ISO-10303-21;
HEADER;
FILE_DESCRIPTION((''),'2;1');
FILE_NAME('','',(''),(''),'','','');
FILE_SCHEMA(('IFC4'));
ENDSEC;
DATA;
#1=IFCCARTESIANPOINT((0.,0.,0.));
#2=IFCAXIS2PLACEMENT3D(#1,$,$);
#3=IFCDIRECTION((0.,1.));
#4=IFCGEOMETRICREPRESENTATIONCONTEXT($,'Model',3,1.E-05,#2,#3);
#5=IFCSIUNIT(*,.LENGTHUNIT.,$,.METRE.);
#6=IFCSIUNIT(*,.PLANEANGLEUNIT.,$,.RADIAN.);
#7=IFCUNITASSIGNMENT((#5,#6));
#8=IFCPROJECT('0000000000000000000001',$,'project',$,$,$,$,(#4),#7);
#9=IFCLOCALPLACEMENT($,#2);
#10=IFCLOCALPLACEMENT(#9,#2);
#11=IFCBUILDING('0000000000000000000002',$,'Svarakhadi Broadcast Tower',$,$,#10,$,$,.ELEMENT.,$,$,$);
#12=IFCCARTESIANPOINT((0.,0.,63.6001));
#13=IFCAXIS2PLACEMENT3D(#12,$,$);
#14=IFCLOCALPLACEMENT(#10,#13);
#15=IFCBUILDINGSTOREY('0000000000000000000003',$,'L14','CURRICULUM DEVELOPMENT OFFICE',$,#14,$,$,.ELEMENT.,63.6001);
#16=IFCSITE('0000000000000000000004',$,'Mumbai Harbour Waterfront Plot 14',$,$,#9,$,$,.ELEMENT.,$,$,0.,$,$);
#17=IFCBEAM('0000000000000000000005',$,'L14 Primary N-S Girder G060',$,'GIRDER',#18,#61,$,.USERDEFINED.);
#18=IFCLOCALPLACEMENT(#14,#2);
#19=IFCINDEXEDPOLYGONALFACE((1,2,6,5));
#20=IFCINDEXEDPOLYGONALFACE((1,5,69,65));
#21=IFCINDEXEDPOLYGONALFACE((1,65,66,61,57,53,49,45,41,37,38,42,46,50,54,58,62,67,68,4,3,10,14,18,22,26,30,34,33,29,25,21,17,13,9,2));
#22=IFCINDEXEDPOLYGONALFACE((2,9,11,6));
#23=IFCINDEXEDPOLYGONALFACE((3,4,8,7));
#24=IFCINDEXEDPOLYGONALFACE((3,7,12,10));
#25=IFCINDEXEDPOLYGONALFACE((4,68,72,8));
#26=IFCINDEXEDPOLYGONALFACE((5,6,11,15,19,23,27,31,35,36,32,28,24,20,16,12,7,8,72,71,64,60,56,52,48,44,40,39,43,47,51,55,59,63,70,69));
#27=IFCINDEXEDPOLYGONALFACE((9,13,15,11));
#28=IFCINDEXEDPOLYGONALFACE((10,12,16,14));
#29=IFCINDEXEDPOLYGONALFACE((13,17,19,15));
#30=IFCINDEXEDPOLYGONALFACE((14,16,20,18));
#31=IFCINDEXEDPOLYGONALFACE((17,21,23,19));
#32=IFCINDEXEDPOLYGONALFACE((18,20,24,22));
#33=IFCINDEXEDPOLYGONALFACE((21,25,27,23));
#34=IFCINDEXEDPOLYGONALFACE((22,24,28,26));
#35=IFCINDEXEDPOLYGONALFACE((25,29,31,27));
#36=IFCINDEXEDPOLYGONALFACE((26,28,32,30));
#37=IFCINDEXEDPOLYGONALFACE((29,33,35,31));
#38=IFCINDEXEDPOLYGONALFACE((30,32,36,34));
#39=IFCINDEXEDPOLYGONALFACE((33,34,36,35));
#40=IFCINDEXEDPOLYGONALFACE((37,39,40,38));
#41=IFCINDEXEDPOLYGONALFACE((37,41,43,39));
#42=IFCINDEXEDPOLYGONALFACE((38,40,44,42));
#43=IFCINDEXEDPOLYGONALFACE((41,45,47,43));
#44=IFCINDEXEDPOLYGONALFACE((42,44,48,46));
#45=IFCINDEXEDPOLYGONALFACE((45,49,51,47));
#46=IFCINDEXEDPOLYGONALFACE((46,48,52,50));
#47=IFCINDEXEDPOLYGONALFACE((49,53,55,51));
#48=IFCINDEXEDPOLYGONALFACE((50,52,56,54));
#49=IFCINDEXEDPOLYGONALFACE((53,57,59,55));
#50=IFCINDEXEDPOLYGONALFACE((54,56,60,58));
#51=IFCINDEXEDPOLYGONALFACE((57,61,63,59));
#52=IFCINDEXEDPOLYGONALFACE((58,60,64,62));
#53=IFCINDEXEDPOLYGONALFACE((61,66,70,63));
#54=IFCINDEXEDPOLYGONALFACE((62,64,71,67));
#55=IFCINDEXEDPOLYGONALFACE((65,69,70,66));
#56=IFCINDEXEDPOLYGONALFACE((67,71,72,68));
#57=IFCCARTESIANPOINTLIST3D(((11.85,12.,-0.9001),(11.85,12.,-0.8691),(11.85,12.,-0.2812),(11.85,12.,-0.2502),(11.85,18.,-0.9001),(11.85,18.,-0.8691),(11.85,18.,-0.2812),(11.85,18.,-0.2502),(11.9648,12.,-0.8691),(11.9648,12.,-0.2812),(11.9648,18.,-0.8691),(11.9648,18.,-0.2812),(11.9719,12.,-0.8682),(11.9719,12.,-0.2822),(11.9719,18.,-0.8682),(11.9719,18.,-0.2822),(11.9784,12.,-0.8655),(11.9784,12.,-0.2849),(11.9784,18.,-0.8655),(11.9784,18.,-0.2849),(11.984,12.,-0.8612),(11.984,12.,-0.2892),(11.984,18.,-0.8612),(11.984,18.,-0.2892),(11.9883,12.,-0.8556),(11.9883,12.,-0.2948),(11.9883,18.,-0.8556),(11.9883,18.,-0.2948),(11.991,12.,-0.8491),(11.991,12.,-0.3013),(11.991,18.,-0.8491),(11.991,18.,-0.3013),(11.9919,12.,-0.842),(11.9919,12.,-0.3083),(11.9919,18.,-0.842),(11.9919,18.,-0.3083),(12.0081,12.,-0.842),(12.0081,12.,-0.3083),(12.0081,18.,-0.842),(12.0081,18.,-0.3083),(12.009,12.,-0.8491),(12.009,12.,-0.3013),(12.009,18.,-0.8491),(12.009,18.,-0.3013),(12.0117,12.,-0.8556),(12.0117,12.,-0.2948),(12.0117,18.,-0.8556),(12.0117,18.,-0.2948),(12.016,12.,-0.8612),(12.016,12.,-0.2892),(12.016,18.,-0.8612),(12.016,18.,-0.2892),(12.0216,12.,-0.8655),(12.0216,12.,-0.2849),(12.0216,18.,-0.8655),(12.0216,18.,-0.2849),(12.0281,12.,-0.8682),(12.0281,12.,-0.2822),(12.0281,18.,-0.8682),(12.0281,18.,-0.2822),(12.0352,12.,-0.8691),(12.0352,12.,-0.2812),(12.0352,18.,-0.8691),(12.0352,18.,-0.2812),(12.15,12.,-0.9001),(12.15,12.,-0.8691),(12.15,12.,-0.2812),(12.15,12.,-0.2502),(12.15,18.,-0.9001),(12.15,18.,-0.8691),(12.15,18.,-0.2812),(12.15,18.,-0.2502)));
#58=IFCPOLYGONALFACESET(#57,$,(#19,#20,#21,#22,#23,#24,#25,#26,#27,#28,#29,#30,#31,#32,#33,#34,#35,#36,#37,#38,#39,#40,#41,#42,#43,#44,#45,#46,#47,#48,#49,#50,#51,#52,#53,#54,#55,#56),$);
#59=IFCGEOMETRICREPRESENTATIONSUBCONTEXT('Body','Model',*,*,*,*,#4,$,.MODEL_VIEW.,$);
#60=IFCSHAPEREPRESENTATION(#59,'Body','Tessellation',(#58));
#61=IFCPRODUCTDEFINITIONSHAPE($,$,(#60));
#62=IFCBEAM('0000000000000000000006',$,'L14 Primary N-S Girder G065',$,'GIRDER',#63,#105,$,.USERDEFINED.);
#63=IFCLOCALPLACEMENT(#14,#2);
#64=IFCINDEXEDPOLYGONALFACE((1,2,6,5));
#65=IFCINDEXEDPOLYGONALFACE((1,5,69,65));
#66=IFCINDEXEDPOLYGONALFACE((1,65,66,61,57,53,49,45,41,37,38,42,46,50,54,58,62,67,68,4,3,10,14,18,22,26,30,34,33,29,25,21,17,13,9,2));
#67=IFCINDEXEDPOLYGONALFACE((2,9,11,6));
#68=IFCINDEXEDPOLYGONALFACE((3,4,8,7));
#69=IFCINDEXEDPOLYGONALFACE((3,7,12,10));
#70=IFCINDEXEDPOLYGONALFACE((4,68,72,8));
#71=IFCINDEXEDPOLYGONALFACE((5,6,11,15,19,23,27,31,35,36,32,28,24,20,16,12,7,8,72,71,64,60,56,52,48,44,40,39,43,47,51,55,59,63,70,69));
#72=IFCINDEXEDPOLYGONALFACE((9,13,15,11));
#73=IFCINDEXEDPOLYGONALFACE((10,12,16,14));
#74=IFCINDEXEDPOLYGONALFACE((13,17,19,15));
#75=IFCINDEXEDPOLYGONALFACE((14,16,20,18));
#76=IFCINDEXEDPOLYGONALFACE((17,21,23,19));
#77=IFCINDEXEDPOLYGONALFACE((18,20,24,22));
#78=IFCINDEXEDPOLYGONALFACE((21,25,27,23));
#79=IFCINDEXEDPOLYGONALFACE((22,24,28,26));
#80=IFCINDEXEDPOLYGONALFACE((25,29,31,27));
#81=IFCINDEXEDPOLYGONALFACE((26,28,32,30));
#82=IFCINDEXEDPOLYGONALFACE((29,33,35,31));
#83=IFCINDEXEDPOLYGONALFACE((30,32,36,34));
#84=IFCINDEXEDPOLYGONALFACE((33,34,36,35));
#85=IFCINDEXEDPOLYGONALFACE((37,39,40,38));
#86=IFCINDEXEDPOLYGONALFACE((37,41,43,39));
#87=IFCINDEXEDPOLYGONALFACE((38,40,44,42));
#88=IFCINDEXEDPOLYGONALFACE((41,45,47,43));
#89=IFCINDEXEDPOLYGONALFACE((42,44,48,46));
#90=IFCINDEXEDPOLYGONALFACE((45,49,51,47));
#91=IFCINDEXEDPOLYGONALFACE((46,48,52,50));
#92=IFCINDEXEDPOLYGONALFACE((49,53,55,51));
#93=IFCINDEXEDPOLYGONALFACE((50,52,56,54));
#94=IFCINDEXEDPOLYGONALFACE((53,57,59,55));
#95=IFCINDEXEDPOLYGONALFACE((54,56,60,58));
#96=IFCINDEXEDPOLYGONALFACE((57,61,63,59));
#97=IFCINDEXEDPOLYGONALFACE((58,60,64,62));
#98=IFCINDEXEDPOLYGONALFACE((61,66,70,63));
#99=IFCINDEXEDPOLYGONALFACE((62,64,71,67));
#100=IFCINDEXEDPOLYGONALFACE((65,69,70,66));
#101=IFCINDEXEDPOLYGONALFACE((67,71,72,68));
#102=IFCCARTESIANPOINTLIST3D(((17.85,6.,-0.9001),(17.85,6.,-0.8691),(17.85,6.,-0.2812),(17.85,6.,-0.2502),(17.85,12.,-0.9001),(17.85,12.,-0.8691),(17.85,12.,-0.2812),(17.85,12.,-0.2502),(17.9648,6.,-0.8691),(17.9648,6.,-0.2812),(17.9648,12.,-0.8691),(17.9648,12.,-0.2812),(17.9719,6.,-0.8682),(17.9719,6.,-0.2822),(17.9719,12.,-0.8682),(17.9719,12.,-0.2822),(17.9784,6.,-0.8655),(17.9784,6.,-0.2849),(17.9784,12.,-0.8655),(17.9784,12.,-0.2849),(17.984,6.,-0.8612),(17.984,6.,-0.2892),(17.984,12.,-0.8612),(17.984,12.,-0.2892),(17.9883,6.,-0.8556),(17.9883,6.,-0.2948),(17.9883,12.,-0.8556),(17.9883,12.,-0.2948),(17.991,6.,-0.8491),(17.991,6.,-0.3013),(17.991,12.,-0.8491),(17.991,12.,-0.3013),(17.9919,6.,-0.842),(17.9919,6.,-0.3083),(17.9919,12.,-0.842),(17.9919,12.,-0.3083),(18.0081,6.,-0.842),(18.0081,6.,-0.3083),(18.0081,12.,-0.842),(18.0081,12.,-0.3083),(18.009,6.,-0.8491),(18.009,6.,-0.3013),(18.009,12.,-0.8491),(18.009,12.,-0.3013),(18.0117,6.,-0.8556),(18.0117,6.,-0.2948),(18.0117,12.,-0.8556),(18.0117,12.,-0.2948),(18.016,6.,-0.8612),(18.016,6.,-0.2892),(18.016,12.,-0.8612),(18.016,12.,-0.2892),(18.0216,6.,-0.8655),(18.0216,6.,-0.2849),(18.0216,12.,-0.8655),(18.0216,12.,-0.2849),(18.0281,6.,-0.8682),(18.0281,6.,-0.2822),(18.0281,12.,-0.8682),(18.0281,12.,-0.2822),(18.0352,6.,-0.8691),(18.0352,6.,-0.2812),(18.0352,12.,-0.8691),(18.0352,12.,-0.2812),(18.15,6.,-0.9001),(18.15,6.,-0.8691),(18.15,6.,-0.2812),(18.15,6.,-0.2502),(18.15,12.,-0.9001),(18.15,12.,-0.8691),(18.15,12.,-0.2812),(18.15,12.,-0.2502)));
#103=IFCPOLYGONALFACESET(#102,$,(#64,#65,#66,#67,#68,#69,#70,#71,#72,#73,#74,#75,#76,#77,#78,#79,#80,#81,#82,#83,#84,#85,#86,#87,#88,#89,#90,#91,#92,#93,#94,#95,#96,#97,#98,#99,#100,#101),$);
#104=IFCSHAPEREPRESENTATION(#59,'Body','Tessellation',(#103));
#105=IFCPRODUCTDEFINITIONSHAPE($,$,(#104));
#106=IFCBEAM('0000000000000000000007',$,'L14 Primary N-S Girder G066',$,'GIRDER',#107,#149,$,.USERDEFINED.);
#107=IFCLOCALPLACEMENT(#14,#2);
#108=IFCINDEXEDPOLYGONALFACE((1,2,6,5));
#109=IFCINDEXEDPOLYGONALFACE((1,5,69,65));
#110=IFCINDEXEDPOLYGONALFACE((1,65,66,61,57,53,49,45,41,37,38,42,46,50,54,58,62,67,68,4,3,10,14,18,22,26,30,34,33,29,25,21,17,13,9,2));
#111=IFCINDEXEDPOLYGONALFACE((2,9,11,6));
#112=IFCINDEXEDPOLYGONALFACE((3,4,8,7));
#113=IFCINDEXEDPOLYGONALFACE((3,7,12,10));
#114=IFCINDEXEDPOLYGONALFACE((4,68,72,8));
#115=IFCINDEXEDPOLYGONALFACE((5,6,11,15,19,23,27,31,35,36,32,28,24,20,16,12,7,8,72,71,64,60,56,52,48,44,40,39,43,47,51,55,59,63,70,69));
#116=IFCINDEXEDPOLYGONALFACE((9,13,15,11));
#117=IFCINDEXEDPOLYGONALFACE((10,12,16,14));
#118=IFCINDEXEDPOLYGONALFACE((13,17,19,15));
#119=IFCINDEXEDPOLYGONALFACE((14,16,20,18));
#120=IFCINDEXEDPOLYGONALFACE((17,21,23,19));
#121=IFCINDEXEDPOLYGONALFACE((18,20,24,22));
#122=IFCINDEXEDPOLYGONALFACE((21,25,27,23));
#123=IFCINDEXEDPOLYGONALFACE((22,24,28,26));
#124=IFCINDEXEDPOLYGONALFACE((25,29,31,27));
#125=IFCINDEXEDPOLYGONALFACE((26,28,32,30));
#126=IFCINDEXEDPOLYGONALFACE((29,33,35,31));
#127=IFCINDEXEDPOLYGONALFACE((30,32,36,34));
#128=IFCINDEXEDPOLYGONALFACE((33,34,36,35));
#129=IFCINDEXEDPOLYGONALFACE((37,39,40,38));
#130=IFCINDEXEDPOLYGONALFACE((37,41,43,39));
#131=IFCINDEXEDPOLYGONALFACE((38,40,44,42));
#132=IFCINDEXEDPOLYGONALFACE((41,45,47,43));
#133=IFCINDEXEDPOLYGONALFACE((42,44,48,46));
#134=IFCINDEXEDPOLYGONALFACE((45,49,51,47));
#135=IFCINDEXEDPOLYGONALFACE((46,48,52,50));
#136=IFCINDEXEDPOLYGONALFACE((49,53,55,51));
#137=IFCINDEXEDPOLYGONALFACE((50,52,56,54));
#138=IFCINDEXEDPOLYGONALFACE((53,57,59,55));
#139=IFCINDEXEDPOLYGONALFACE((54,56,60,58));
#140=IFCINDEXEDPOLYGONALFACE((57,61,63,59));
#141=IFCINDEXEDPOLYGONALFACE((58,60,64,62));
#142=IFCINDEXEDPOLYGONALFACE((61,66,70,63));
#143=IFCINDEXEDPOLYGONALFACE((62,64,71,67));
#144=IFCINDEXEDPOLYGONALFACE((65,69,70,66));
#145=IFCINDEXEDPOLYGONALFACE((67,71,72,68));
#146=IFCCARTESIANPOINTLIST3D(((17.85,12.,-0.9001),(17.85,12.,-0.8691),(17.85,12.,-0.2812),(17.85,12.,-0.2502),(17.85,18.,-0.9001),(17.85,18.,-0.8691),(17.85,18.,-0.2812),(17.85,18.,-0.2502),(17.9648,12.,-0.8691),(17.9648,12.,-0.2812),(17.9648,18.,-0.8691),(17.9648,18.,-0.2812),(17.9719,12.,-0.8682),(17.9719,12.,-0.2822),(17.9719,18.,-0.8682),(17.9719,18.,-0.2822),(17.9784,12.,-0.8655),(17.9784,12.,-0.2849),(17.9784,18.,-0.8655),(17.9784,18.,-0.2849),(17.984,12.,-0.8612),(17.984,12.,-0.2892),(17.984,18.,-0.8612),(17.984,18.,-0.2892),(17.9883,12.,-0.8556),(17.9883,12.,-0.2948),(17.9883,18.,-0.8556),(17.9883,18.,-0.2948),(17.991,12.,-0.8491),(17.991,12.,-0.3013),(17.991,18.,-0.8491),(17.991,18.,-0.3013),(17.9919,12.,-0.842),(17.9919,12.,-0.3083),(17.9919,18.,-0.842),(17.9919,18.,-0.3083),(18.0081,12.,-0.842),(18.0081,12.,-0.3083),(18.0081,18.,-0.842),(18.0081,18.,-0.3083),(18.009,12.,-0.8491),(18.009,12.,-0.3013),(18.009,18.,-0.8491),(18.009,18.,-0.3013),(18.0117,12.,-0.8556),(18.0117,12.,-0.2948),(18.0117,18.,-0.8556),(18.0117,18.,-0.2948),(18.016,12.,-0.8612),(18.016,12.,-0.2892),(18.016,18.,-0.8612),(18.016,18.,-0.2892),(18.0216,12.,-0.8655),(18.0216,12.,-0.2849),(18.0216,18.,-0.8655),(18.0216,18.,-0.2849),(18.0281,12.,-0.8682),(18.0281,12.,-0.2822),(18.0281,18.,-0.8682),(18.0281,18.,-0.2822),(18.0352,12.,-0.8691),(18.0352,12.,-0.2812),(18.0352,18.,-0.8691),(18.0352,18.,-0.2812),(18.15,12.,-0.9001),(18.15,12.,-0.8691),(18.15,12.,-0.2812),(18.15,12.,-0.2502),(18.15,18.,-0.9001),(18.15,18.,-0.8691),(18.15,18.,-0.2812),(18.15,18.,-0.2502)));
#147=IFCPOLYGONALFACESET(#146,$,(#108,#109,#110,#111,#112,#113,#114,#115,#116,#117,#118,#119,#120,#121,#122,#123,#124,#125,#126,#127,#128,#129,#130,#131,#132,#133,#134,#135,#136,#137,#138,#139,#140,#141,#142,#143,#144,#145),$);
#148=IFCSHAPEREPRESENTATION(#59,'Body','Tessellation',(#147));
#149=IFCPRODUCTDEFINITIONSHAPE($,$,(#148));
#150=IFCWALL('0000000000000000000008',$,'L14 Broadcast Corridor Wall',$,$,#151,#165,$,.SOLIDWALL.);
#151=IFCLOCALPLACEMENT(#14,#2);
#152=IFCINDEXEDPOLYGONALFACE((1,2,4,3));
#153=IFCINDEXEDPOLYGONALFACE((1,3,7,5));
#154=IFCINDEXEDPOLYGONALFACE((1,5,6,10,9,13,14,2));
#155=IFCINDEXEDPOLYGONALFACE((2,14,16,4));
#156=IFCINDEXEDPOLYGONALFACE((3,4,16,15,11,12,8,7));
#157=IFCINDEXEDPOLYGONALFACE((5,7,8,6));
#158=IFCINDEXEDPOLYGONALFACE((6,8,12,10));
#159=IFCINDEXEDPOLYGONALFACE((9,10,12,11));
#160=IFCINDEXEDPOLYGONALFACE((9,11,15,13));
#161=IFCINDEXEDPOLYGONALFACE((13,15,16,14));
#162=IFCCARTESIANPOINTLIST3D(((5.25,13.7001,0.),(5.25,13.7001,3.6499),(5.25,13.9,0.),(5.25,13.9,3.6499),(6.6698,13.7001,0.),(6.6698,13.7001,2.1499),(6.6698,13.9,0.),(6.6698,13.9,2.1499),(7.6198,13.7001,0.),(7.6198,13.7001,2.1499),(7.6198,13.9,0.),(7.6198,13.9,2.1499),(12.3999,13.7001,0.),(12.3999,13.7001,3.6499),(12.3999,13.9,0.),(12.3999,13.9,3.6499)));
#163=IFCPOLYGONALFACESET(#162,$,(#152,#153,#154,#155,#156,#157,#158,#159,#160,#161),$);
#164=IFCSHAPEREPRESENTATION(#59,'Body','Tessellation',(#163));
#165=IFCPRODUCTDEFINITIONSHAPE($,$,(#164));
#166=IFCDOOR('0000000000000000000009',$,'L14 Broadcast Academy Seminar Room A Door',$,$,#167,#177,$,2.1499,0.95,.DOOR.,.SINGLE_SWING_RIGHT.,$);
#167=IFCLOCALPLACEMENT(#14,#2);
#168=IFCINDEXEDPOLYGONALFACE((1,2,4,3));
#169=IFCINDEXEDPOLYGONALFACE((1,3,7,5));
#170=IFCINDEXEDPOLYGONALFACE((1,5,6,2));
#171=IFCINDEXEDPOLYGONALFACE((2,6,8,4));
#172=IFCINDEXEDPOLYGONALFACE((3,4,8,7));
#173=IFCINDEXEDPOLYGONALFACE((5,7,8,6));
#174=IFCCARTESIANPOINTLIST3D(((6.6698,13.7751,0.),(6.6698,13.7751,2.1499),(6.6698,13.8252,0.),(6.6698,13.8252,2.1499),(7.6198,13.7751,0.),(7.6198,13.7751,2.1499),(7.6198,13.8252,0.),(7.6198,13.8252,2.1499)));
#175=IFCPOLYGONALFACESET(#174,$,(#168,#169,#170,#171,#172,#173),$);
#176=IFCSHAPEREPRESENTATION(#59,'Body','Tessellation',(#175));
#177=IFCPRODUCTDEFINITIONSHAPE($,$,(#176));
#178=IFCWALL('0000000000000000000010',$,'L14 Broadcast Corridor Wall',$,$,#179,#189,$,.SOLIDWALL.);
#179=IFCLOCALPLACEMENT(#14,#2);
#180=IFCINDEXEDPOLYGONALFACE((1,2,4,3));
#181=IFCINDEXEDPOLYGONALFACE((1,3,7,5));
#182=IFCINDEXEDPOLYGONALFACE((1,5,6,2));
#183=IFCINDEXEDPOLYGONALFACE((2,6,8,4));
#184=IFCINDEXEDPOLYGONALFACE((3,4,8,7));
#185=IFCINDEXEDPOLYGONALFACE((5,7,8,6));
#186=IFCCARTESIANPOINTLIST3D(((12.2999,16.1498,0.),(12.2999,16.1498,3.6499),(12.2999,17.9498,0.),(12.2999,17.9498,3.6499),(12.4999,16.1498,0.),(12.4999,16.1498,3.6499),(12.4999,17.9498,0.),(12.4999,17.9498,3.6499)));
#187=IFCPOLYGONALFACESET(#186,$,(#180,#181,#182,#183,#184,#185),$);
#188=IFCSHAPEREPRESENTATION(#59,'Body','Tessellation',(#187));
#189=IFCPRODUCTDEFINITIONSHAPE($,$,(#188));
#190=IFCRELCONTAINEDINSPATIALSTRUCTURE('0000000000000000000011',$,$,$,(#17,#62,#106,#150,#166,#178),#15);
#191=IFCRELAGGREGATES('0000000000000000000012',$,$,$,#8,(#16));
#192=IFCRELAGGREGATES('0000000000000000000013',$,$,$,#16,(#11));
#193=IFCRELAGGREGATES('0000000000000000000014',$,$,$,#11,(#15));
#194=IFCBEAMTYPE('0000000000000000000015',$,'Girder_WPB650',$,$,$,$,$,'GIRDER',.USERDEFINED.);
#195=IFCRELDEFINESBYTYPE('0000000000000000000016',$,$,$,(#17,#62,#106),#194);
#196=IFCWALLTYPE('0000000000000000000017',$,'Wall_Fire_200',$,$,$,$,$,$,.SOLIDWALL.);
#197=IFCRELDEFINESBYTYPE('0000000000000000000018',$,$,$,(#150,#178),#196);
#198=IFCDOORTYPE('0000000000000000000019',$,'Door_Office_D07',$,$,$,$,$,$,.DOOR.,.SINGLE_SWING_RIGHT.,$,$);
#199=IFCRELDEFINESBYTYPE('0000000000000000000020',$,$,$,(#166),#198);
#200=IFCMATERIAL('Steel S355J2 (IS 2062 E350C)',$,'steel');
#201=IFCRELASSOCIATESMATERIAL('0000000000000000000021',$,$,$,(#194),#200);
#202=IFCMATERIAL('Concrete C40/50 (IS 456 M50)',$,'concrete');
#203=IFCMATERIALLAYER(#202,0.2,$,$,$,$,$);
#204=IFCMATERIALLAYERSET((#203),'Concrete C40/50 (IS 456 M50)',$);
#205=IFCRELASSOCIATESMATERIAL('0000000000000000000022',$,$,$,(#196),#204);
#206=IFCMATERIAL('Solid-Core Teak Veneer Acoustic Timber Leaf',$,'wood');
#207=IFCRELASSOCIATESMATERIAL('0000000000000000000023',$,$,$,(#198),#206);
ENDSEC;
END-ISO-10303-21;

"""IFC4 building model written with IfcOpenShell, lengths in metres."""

from ifc_helpers import new_model, si_unit, direction, frame, frame_2d, origin, origin_2d, place, context, subcontext, project, spatial, rectangle, i_section, extrude, material, layer, layer_set, material_profile, profile_set, type_object, element, fill, save


model = new_model("IFC4")

# Units and contexts
model_context = context("Model", 3, precision=1e-05, world=origin(), true_north=direction((0.0, 1.0)))
body_context = subcontext(model_context, "Body", "Model", "MODEL_VIEW")
ifc_project = project(units=[si_unit("LENGTHUNIT", "METRE"), si_unit("PLANEANGLEUNIT", "RADIAN")], contexts=[model_context])

# Site, building, storey
site_placement = place(None, origin())
site = spatial("IfcSite", under=ifc_project, at=site_placement, Name="Mumbai Harbour Waterfront Plot 14", CompositionType="ELEMENT", RefElevation=0.0)
building_placement = place(site_placement, origin())
building = spatial("IfcBuilding", under=site, at=building_placement, Name="Svarakhadi Broadcast Tower", CompositionType="ELEMENT")
storey_placement = place(building_placement, frame((0.0, 0.0, 63.6001)))
storey = spatial("IfcBuildingStorey", under=building, at=storey_placement, Name="L14", Description="CURRICULUM DEVELOPMENT OFFICE", CompositionType="ELEMENT", Elevation=63.6001)

# Beams
ifc_material_1 = material(Name="Steel S355J2 (IS 2062 E350C)", Category="steel")
ifc_material_profile_1 = material_profile(ifc_material_1, i_section(OverallWidth=0.3, OverallDepth=0.6499, WebThickness=0.0161, FlangeThickness=0.031, FilletRadius=0.0271, at=origin_2d()), Name="WPB 650x300x225")
ifc_profile_set_1 = profile_set([ifc_material_profile_1], Name="Steel S355J2 (IS 2062 E350C)")
beam_type_1 = type_object("IfcBeamType", Name="Girder_WPB650", ElementType="GIRDER", PredefinedType="USERDEFINED", material=ifc_profile_set_1)
for number, where, z_axis, x_axis, name in (
    (1, (12.0, 12.0, -0.5752), (0.0, 1.0, 0.0), (-1.0, 0.0, 0.0), "L14 Primary N-S Girder G060"),
    (2, (18.0, 6.0, -0.5752), (0.0, 1.0, 0.0), (-1.0, 0.0, 0.0), "L14 Primary N-S Girder G065"),
    (3, (18.0, 12.0, -0.5752), (0.0, 1.0, 0.0), (-1.0, 0.0, 0.0), "L14 Primary N-S Girder G066"),
):
    element("IfcBeam", number, at=place(storey_placement, frame(where, z_axis=z_axis, x_axis=x_axis)), inside=storey, type_object=beam_type_1, Name=name, ObjectType="GIRDER", PredefinedType="USERDEFINED", context=body_context, shape_type="SweptSolid", body=[
        extrude(i_section(OverallWidth=0.3, OverallDepth=0.6499, WebThickness=0.0161, FlangeThickness=0.031, FilletRadius=0.0271, at=origin_2d()), origin(), (0.0, 0.0, 1.0), 6.0),
    ])

# Wall, opening, door
ifc_material_2 = material(Name="Concrete C40/50 (IS 456 M50)", Category="concrete")
ifc_layer = layer(ifc_material_2, 0.2)
ifc_layer_set = layer_set([ifc_layer], Name="Concrete C40/50 (IS 456 M50)")
wall_type = type_object("IfcWallType", Name="Wall_Fire_200", PredefinedType="SOLIDWALL", material=ifc_layer_set)
wall_1_placement = place(storey_placement, frame((12.3999, 13.8, 0.0), z_axis=(0.0, 0.0, 1.0), x_axis=(-1.0, 0.0, 0.0)))
wall_1 = element("IfcWall", 4, at=wall_1_placement, inside=storey, type_object=wall_type, Name="L14 Broadcast Corridor Wall", PredefinedType="SOLIDWALL", context=body_context, shape_type="SweptSolid", body=[
    extrude(rectangle(XDim=7.1499, YDim=0.2, at=frame_2d((3.575, 0.0))), origin(), (0.0, 0.0, 1.0), 3.6499),
])
opening_placement = place(wall_1_placement, frame((4.78, 0.0, 0.0)))
opening = element("IfcOpeningElement", 5, at=opening_placement, cuts=wall_1, PredefinedType="OPENING", context=body_context, shape_type="SweptSolid", body=[
    extrude(rectangle(XDim=0.95, YDim=2.1499, at=frame_2d((0.4751, 1.075))), frame((0.0, 0.1099, 0.0), z_axis=(0.0, -1.0, 0.0), x_axis=(1.0, 0.0, 0.0)), (0.0, 0.0, 1.0), 0.22),
])
ifc_material_3 = material(Name="Solid-Core Teak Veneer Acoustic Timber Leaf", Category="wood")
door_type = type_object("IfcDoorType", Name="Door_Office_D07", OperationType="SINGLE_SWING_RIGHT", PredefinedType="DOOR", material=ifc_material_3)
door_placement = place(opening_placement, origin())
door = element("IfcDoor", 6, at=door_placement, inside=storey, type_object=door_type, Name="L14 Broadcast Academy Seminar Room A Door", OperationType="SINGLE_SWING_RIGHT", OverallHeight=2.1499, OverallWidth=0.95, PredefinedType="DOOR", context=body_context, shape_type="SweptSolid", body=[
    extrude(rectangle(XDim=0.95, YDim=2.1499, at=frame_2d((0.4751, 1.075))), frame((0.0, 0.0249, 0.0), z_axis=(0.0, -1.0, 0.0), x_axis=(1.0, 0.0, 0.0)), (0.0, 0.0, 1.0), 0.05),
])
fill(opening, door)

# Wall
wall_2_placement = place(storey_placement, frame((12.3999, 16.1499, 0.0), z_axis=(0.0, 0.0, 1.0), x_axis=(0.0, 1.0, 0.0)))
element("IfcWall", 7, at=wall_2_placement, inside=storey, type_object=wall_type, Name="L14 Broadcast Corridor Wall", PredefinedType="SOLIDWALL", context=body_context, shape_type="SweptSolid", body=[
    extrude(rectangle(XDim=1.8, YDim=0.2, at=frame_2d((0.8999, 0.0))), origin(), (0.0, 0.0, 1.0), 3.6499),
])

save(model, "model.ifc")
